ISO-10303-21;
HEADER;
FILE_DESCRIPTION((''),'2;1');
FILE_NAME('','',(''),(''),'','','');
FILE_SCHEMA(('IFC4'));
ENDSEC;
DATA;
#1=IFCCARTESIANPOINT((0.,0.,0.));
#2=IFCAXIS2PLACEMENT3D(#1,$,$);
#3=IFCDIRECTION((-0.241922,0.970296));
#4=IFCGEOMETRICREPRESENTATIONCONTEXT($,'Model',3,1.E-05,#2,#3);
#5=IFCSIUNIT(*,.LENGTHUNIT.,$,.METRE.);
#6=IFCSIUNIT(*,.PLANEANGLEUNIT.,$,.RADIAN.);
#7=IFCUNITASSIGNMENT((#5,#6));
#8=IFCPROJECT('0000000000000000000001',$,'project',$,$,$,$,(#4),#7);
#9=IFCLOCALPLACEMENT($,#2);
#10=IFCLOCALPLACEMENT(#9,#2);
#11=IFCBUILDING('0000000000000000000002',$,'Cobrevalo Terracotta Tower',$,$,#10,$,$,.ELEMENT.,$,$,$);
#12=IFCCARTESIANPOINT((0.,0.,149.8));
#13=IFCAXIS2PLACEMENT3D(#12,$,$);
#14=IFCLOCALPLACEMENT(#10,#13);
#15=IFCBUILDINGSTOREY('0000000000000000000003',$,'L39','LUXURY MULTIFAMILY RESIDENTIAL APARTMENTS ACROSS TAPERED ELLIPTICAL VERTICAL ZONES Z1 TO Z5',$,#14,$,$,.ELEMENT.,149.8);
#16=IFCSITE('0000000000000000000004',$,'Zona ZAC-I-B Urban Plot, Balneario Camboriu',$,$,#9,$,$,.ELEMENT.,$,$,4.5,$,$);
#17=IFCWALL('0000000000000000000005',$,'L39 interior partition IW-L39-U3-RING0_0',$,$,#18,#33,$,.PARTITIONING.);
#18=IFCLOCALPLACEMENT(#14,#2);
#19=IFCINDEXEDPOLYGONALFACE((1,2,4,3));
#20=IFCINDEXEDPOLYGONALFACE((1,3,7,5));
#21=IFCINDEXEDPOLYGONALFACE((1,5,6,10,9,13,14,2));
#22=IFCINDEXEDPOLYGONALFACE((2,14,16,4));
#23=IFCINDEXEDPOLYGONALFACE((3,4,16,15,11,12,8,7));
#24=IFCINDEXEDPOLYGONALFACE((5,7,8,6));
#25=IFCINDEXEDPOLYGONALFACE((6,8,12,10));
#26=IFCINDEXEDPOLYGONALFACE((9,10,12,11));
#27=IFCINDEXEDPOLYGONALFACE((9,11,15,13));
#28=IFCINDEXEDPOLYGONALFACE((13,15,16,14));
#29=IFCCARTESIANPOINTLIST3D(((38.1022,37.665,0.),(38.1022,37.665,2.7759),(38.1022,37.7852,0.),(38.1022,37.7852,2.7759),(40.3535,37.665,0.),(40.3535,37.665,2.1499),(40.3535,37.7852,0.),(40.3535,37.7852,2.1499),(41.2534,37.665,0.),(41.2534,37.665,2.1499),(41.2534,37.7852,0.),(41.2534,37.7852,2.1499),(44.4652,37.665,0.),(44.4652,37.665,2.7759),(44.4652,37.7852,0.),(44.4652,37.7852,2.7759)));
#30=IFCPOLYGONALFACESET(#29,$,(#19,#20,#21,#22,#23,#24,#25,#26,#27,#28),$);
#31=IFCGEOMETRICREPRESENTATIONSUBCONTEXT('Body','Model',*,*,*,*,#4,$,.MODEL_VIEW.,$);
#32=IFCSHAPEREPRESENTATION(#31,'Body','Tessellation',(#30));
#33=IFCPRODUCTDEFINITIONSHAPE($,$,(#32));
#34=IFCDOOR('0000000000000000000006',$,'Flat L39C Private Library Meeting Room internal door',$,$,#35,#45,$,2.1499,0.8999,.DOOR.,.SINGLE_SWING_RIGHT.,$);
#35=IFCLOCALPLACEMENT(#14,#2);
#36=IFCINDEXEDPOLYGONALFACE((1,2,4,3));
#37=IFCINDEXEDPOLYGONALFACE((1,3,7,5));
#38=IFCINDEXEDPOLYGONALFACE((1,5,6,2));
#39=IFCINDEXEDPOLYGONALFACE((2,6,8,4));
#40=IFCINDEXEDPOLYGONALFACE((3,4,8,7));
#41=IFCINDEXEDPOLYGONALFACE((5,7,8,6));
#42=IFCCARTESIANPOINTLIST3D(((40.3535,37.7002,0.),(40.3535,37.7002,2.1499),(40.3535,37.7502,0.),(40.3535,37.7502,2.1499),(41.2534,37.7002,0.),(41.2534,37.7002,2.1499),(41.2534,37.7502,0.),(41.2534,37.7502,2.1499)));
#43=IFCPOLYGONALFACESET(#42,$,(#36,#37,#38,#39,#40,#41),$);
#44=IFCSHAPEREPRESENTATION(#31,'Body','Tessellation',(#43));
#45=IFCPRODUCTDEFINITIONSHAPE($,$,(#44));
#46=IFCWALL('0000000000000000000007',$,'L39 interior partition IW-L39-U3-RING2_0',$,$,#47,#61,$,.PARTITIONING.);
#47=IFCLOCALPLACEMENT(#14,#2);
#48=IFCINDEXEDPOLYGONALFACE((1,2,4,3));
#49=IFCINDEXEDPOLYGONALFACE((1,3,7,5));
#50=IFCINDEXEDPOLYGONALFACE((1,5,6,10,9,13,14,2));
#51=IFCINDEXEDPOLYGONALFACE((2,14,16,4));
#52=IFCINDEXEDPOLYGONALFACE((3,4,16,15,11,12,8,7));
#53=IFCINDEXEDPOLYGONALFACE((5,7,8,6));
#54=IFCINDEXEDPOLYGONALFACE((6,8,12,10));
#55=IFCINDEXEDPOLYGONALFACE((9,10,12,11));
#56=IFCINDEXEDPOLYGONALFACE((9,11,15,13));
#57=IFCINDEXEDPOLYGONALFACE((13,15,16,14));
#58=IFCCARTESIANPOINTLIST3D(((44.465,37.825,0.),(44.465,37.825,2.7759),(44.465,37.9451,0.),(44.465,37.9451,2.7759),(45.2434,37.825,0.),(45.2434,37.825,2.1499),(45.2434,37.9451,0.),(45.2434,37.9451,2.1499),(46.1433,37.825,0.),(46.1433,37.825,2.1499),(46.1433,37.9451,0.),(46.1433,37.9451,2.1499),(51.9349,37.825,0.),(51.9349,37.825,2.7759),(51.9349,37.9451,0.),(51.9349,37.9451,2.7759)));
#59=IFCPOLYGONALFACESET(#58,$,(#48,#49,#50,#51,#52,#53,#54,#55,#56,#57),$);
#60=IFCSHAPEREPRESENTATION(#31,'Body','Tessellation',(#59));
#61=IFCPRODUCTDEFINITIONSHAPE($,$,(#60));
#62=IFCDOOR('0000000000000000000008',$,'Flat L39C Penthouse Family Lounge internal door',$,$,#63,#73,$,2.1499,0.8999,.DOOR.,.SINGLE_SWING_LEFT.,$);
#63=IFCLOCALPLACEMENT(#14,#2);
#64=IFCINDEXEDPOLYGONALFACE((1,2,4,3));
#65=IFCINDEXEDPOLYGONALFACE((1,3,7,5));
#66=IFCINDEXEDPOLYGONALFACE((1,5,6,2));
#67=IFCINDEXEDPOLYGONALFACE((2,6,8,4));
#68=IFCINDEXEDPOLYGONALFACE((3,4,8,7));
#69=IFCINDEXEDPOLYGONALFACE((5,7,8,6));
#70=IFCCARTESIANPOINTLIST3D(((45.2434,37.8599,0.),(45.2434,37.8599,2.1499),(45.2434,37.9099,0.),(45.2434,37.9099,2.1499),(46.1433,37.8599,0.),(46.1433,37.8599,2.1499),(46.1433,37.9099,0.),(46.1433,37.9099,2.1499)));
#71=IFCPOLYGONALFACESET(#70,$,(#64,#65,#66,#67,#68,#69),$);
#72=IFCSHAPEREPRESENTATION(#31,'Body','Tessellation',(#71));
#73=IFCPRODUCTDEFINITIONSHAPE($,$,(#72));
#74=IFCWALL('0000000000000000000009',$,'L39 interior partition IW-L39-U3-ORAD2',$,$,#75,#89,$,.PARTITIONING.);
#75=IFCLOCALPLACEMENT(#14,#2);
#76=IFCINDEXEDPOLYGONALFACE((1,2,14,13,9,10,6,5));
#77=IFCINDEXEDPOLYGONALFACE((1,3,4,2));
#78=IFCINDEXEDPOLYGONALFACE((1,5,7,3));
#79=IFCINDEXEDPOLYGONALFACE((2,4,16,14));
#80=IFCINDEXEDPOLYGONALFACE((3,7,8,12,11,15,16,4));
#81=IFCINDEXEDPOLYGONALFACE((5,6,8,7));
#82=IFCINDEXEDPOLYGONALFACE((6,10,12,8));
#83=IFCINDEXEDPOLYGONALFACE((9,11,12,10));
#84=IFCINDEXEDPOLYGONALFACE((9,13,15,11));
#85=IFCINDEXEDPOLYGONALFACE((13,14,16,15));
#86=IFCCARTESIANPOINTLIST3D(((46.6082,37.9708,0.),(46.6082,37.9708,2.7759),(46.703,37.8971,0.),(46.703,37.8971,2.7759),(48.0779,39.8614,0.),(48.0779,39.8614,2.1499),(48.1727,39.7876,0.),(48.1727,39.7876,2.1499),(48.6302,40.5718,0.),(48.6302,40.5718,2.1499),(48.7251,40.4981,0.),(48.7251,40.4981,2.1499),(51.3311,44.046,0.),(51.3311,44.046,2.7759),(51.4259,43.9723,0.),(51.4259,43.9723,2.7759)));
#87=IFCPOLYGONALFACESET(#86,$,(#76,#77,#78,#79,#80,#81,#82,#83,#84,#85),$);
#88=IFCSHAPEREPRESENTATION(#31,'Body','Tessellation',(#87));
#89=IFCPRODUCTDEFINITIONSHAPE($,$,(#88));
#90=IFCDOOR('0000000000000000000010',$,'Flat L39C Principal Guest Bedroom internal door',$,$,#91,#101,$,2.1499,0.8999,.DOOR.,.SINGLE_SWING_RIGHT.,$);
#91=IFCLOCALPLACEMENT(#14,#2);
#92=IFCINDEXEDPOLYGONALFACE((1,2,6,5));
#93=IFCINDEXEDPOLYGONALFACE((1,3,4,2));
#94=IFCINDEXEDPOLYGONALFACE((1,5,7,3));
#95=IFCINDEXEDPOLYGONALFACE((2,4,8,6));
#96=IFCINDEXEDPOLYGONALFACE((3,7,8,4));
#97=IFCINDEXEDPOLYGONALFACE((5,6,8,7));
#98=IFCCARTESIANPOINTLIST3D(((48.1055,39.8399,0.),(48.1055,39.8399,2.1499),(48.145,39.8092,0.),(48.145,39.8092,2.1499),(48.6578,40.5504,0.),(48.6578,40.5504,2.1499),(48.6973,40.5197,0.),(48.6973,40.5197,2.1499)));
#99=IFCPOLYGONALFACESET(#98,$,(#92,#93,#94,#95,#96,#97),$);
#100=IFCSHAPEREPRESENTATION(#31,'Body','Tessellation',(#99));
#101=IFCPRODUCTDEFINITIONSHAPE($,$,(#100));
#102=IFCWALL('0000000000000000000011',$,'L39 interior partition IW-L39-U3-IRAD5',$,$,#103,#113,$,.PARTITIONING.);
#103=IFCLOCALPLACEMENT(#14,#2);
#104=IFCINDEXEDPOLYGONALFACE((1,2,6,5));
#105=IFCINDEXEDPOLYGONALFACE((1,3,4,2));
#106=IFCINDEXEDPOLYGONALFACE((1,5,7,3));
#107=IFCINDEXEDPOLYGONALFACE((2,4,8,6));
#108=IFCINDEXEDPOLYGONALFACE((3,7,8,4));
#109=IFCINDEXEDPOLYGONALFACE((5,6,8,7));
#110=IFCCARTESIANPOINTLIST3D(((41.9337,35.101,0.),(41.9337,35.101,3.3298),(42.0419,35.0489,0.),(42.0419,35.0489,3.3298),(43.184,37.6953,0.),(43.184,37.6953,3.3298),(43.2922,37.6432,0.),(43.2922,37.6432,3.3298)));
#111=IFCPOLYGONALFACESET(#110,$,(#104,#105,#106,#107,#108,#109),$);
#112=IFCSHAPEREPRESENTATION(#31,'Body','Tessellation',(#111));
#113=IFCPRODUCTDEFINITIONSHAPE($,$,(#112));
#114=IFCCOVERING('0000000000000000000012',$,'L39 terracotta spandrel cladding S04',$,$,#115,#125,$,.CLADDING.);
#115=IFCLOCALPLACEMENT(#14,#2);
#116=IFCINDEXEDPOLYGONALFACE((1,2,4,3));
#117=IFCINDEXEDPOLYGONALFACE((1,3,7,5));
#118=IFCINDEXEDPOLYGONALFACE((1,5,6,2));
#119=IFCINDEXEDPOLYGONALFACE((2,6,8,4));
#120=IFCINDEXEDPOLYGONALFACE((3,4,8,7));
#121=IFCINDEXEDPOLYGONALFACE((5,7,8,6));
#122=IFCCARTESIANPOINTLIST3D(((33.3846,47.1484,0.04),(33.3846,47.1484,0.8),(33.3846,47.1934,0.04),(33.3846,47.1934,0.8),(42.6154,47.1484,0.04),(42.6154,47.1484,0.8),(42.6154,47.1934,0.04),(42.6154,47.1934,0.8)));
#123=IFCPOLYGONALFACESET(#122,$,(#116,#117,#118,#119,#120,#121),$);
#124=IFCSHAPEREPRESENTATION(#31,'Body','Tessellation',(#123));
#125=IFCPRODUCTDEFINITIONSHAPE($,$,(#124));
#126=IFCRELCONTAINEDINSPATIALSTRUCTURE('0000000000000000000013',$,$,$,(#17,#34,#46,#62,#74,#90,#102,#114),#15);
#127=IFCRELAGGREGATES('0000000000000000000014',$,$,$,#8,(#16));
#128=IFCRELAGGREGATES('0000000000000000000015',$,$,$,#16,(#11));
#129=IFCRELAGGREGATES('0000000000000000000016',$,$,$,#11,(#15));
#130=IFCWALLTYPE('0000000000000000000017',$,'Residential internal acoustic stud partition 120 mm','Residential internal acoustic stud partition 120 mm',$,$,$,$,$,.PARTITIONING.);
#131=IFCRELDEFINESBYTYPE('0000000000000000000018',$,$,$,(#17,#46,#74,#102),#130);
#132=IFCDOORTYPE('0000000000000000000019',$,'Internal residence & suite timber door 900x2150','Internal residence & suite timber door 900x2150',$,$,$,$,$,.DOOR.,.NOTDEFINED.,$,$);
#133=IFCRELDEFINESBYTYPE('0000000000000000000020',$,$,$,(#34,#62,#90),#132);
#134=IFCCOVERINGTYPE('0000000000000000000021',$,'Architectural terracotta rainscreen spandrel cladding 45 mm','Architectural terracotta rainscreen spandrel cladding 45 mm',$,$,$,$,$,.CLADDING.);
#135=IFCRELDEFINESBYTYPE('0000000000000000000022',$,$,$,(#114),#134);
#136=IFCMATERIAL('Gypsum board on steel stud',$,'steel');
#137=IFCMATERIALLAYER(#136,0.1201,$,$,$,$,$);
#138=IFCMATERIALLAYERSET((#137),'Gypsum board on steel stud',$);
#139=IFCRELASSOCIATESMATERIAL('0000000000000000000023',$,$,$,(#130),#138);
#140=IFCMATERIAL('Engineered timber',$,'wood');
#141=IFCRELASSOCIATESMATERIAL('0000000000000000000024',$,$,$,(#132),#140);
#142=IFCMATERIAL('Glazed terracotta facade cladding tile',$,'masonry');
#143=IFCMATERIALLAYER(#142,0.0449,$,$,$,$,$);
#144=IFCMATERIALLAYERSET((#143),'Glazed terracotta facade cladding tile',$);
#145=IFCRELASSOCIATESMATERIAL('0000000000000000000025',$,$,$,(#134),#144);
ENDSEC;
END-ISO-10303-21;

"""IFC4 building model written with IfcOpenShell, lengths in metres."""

from ifc_helpers import new_model, si_unit, direction, frame, frame_2d, origin, origin_2d, place, context, subcontext, project, spatial, rectangle, extrude, source, transform, mapped, material, layer, layer_set, type_object, element, fill, save


model = new_model("IFC4")

# Units and contexts
model_context = context("Model", 3, precision=1e-05, world=origin(), true_north=direction((-0.241922, 0.970296)))
body_context = subcontext(model_context, "Body", "Model", "MODEL_VIEW")
ifc_project = project(units=[si_unit("LENGTHUNIT", "METRE"), si_unit("PLANEANGLEUNIT", "RADIAN")], contexts=[model_context])

# Site, building, storey
site_placement = place(None, origin())
site = spatial("IfcSite", under=ifc_project, at=site_placement, Name="Zona ZAC-I-B Urban Plot, Balneario Camboriu", CompositionType="ELEMENT", RefElevation=4.5)
building_placement = place(site_placement, origin())
building = spatial("IfcBuilding", under=site, at=building_placement, Name="Cobrevalo Terracotta Tower", CompositionType="ELEMENT")
storey_placement = place(building_placement, frame((0.0, 0.0, 149.8)))
storey = spatial("IfcBuildingStorey", under=building, at=storey_placement, Name="L39", Description="LUXURY MULTIFAMILY RESIDENTIAL APARTMENTS ACROSS TAPERED ELLIPTICAL VERTICAL ZONES Z1 TO Z5", CompositionType="ELEMENT", Elevation=149.8)

# Shared definitions
ifc_material_1 = material(Name="Gypsum board on steel stud", Category="steel")

# Shared definitions
ifc_layer_1 = layer(ifc_material_1, 0.1201)
ifc_layer_set_1 = layer_set([ifc_layer_1], Name="Gypsum board on steel stud")
wall_type_1 = type_object("IfcWallType", Name="Residential internal acoustic stud partition 120 mm", Description="Residential internal acoustic stud partition 120 mm", PredefinedType="PARTITIONING", material=ifc_layer_set_1)

# Walls, openings, doors
wall_1_placement = place(storey_placement, frame((38.1021, 37.7251, 0.0), z_axis=(0.0, 0.0, 1.0), x_axis=(1.0, 0.0, 0.0)))
wall_1 = element("IfcWall", 1, at=wall_1_placement, inside=storey, type_object=wall_type_1, Name="L39 interior partition IW-L39-U3-RING0_0", PredefinedType="PARTITIONING", context=body_context, shape_type="SweptSolid", body=[
    extrude(rectangle(XDim=6.363, YDim=0.1201, at=frame_2d((3.1816, 0.0))), origin(), (0.0, 0.0, 1.0), 2.7759),
])
opening_1_placement = place(wall_1_placement, frame((2.2515, 0.0, 0.0)))
opening_1 = element("IfcOpeningElement", 2, at=opening_1_placement, cuts=wall_1, PredefinedType="OPENING", context=body_context, shape_type="SweptSolid", body=[
    extrude(rectangle(XDim=0.8999, YDim=2.1499, at=frame_2d((0.45, 1.075))), frame((0.0, 0.0701, 0.0), z_axis=(0.0, -1.0, 0.0), x_axis=(1.0, 0.0, 0.0)), (0.0, 0.0, 1.0), 0.1401),
])
ifc_material_2 = material(Name="Engineered timber", Category="wood")
door_type = type_object("IfcDoorType", Name="Internal residence & suite timber door 900x2150", Description="Internal residence & suite timber door 900x2150", OperationType="NOTDEFINED", PredefinedType="DOOR", material=ifc_material_2)
shared_shape_1 = source(origin(), body_context, "Body", "SweptSolid", [
    extrude(rectangle(XDim=0.8999, YDim=2.1499, at=frame_2d((0.45, 1.075))), frame((0.0, 0.0249, 0.0), z_axis=(0.0, -1.0, 0.0), x_axis=(1.0, 0.0, 0.0)), (0.0, 0.0, 1.0), 0.05),
])
door_1_placement = place(opening_1_placement, frame((0.8999, 0.0, 0.0), z_axis=(0.0, 0.0, 1.0), x_axis=(-1.0, 0.0, 0.0)))
door_1 = element("IfcDoor", 3, at=door_1_placement, inside=storey, type_object=door_type, Name="Flat L39C Private Library Meeting Room internal door", OperationType="SINGLE_SWING_RIGHT", OverallHeight=2.1499, OverallWidth=0.8999, PredefinedType="DOOR", context=body_context, shape_type="MappedRepresentation", body=[
    mapped(shared_shape_1, transform((0.0, 0.0, 0.0), scale=1.0)),
])
fill(opening_1, door_1)
wall_2_placement = place(storey_placement, frame((44.4651, 37.885, 0.0), z_axis=(0.0, 0.0, 1.0), x_axis=(1.0, 0.0, 0.0)))
wall_2 = element("IfcWall", 4, at=wall_2_placement, inside=storey, type_object=wall_type_1, Name="L39 interior partition IW-L39-U3-RING2_0", PredefinedType="PARTITIONING", context=body_context, shape_type="SweptSolid", body=[
    extrude(rectangle(XDim=7.47, YDim=0.1201, at=frame_2d((3.7349, 0.0))), origin(), (0.0, 0.0, 1.0), 2.7759),
])
opening_2_placement = place(wall_2_placement, frame((0.7783, 0.0, 0.0)))
opening_2 = element("IfcOpeningElement", 5, at=opening_2_placement, cuts=wall_2, PredefinedType="OPENING", context=body_context, shape_type="SweptSolid", body=[
    extrude(rectangle(XDim=0.8999, YDim=2.1499, at=frame_2d((0.45, 1.075))), frame((0.0, 0.0701, 0.0), z_axis=(0.0, -1.0, 0.0), x_axis=(1.0, 0.0, 0.0)), (0.0, 0.0, 1.0), 0.1401),
])
door_2_placement = place(opening_2_placement, origin())
door_2 = element("IfcDoor", 6, at=door_2_placement, inside=storey, type_object=door_type, Name="Flat L39C Penthouse Family Lounge internal door", OperationType="SINGLE_SWING_LEFT", OverallHeight=2.1499, OverallWidth=0.8999, PredefinedType="DOOR", context=body_context, shape_type="MappedRepresentation", body=[
    mapped(shared_shape_1, transform((0.0, 0.0, 0.0), scale=1.0)),
])
fill(opening_2, door_2)
wall_3_placement = place(storey_placement, frame((46.6555, 37.9338, 0.0), z_axis=(0.0, 0.0, 1.0), x_axis=(0.613758, 0.789494, 0.0)))
wall_3 = element("IfcWall", 7, at=wall_3_placement, inside=storey, type_object=wall_type_1, Name="L39 interior partition IW-L39-U3-ORAD2", PredefinedType="PARTITIONING", context=body_context, shape_type="SweptSolid", body=[
    extrude(rectangle(XDim=7.6951, YDim=0.1201, at=frame_2d((3.8477, 0.0))), origin(), (0.0, 0.0, 1.0), 2.7759),
])
opening_3_placement = place(wall_3_placement, frame((2.3948, 0.0, 0.0)))
opening_3 = element("IfcOpeningElement", 8, at=opening_3_placement, cuts=wall_3, PredefinedType="OPENING", context=body_context, shape_type="SweptSolid", body=[
    extrude(rectangle(XDim=0.8999, YDim=2.1499, at=frame_2d((0.45, 1.075))), frame((0.0, 0.0701, 0.0), z_axis=(0.0, -1.0, 0.0), x_axis=(1.0, 0.0, 0.0)), (0.0, 0.0, 1.0), 0.1401),
])
door_3_placement = place(opening_3_placement, frame((0.8999, 0.0, 0.0), z_axis=(0.0, 0.0, 1.0), x_axis=(-1.0, 0.0, 0.0)))
door_3 = element("IfcDoor", 9, at=door_3_placement, inside=storey, type_object=door_type, Name="Flat L39C Principal Guest Bedroom internal door", OperationType="SINGLE_SWING_RIGHT", OverallHeight=2.1499, OverallWidth=0.8999, PredefinedType="DOOR", context=body_context, shape_type="MappedRepresentation", body=[
    mapped(shared_shape_1, transform((0.0, 0.0, 0.0), scale=1.0)),
])
fill(opening_3, door_3)

# Wall
wall_4_placement = place(storey_placement, frame((41.9878, 35.075, 0.0), z_axis=(0.0, 0.0, 1.0), x_axis=(0.434144, 0.900843, 0.0)))
element("IfcWall", 10, at=wall_4_placement, inside=storey, type_object=wall_type_1, Name="L39 interior partition IW-L39-U3-IRAD5", PredefinedType="PARTITIONING", context=body_context, shape_type="SweptSolid", body=[
    extrude(rectangle(XDim=2.8799, YDim=0.1201, at=frame_2d((1.4399, 0.0))), origin(), (0.0, 0.0, 1.0), 3.3298),
])

# Covering
ifc_material_3 = material(Name="Glazed terracotta facade cladding tile", Category="masonry")
ifc_layer_2 = layer(ifc_material_3, 0.0449)
ifc_layer_set_2 = layer_set([ifc_layer_2], Name="Glazed terracotta facade cladding tile")
covering_type = type_object("IfcCoveringType", Name="Architectural terracotta rainscreen spandrel cladding 45 mm", Description="Architectural terracotta rainscreen spandrel cladding 45 mm", PredefinedType="CLADDING", material=ifc_layer_set_2)
shared_shape_2 = source(origin(), body_context, "Body", "SweptSolid", [
    extrude(rectangle(XDim=9.2307, YDim=0.0449, at=origin_2d()), origin(), (0.0, 0.0, 1.0), 0.76),
])
covering_placement = place(storey_placement, frame((38.0, 47.1709, 0.04), z_axis=(0.0, 0.0, 1.0), x_axis=(-1.0, 0.0, 0.0)))
element("IfcCovering", 11, at=covering_placement, inside=storey, type_object=covering_type, Name="L39 terracotta spandrel cladding S04", PredefinedType="CLADDING", context=body_context, shape_type="MappedRepresentation", body=[
    mapped(shared_shape_2, transform((0.0, 0.0, 0.0), scale=1.0)),
])

save(model, "model.ifc")
